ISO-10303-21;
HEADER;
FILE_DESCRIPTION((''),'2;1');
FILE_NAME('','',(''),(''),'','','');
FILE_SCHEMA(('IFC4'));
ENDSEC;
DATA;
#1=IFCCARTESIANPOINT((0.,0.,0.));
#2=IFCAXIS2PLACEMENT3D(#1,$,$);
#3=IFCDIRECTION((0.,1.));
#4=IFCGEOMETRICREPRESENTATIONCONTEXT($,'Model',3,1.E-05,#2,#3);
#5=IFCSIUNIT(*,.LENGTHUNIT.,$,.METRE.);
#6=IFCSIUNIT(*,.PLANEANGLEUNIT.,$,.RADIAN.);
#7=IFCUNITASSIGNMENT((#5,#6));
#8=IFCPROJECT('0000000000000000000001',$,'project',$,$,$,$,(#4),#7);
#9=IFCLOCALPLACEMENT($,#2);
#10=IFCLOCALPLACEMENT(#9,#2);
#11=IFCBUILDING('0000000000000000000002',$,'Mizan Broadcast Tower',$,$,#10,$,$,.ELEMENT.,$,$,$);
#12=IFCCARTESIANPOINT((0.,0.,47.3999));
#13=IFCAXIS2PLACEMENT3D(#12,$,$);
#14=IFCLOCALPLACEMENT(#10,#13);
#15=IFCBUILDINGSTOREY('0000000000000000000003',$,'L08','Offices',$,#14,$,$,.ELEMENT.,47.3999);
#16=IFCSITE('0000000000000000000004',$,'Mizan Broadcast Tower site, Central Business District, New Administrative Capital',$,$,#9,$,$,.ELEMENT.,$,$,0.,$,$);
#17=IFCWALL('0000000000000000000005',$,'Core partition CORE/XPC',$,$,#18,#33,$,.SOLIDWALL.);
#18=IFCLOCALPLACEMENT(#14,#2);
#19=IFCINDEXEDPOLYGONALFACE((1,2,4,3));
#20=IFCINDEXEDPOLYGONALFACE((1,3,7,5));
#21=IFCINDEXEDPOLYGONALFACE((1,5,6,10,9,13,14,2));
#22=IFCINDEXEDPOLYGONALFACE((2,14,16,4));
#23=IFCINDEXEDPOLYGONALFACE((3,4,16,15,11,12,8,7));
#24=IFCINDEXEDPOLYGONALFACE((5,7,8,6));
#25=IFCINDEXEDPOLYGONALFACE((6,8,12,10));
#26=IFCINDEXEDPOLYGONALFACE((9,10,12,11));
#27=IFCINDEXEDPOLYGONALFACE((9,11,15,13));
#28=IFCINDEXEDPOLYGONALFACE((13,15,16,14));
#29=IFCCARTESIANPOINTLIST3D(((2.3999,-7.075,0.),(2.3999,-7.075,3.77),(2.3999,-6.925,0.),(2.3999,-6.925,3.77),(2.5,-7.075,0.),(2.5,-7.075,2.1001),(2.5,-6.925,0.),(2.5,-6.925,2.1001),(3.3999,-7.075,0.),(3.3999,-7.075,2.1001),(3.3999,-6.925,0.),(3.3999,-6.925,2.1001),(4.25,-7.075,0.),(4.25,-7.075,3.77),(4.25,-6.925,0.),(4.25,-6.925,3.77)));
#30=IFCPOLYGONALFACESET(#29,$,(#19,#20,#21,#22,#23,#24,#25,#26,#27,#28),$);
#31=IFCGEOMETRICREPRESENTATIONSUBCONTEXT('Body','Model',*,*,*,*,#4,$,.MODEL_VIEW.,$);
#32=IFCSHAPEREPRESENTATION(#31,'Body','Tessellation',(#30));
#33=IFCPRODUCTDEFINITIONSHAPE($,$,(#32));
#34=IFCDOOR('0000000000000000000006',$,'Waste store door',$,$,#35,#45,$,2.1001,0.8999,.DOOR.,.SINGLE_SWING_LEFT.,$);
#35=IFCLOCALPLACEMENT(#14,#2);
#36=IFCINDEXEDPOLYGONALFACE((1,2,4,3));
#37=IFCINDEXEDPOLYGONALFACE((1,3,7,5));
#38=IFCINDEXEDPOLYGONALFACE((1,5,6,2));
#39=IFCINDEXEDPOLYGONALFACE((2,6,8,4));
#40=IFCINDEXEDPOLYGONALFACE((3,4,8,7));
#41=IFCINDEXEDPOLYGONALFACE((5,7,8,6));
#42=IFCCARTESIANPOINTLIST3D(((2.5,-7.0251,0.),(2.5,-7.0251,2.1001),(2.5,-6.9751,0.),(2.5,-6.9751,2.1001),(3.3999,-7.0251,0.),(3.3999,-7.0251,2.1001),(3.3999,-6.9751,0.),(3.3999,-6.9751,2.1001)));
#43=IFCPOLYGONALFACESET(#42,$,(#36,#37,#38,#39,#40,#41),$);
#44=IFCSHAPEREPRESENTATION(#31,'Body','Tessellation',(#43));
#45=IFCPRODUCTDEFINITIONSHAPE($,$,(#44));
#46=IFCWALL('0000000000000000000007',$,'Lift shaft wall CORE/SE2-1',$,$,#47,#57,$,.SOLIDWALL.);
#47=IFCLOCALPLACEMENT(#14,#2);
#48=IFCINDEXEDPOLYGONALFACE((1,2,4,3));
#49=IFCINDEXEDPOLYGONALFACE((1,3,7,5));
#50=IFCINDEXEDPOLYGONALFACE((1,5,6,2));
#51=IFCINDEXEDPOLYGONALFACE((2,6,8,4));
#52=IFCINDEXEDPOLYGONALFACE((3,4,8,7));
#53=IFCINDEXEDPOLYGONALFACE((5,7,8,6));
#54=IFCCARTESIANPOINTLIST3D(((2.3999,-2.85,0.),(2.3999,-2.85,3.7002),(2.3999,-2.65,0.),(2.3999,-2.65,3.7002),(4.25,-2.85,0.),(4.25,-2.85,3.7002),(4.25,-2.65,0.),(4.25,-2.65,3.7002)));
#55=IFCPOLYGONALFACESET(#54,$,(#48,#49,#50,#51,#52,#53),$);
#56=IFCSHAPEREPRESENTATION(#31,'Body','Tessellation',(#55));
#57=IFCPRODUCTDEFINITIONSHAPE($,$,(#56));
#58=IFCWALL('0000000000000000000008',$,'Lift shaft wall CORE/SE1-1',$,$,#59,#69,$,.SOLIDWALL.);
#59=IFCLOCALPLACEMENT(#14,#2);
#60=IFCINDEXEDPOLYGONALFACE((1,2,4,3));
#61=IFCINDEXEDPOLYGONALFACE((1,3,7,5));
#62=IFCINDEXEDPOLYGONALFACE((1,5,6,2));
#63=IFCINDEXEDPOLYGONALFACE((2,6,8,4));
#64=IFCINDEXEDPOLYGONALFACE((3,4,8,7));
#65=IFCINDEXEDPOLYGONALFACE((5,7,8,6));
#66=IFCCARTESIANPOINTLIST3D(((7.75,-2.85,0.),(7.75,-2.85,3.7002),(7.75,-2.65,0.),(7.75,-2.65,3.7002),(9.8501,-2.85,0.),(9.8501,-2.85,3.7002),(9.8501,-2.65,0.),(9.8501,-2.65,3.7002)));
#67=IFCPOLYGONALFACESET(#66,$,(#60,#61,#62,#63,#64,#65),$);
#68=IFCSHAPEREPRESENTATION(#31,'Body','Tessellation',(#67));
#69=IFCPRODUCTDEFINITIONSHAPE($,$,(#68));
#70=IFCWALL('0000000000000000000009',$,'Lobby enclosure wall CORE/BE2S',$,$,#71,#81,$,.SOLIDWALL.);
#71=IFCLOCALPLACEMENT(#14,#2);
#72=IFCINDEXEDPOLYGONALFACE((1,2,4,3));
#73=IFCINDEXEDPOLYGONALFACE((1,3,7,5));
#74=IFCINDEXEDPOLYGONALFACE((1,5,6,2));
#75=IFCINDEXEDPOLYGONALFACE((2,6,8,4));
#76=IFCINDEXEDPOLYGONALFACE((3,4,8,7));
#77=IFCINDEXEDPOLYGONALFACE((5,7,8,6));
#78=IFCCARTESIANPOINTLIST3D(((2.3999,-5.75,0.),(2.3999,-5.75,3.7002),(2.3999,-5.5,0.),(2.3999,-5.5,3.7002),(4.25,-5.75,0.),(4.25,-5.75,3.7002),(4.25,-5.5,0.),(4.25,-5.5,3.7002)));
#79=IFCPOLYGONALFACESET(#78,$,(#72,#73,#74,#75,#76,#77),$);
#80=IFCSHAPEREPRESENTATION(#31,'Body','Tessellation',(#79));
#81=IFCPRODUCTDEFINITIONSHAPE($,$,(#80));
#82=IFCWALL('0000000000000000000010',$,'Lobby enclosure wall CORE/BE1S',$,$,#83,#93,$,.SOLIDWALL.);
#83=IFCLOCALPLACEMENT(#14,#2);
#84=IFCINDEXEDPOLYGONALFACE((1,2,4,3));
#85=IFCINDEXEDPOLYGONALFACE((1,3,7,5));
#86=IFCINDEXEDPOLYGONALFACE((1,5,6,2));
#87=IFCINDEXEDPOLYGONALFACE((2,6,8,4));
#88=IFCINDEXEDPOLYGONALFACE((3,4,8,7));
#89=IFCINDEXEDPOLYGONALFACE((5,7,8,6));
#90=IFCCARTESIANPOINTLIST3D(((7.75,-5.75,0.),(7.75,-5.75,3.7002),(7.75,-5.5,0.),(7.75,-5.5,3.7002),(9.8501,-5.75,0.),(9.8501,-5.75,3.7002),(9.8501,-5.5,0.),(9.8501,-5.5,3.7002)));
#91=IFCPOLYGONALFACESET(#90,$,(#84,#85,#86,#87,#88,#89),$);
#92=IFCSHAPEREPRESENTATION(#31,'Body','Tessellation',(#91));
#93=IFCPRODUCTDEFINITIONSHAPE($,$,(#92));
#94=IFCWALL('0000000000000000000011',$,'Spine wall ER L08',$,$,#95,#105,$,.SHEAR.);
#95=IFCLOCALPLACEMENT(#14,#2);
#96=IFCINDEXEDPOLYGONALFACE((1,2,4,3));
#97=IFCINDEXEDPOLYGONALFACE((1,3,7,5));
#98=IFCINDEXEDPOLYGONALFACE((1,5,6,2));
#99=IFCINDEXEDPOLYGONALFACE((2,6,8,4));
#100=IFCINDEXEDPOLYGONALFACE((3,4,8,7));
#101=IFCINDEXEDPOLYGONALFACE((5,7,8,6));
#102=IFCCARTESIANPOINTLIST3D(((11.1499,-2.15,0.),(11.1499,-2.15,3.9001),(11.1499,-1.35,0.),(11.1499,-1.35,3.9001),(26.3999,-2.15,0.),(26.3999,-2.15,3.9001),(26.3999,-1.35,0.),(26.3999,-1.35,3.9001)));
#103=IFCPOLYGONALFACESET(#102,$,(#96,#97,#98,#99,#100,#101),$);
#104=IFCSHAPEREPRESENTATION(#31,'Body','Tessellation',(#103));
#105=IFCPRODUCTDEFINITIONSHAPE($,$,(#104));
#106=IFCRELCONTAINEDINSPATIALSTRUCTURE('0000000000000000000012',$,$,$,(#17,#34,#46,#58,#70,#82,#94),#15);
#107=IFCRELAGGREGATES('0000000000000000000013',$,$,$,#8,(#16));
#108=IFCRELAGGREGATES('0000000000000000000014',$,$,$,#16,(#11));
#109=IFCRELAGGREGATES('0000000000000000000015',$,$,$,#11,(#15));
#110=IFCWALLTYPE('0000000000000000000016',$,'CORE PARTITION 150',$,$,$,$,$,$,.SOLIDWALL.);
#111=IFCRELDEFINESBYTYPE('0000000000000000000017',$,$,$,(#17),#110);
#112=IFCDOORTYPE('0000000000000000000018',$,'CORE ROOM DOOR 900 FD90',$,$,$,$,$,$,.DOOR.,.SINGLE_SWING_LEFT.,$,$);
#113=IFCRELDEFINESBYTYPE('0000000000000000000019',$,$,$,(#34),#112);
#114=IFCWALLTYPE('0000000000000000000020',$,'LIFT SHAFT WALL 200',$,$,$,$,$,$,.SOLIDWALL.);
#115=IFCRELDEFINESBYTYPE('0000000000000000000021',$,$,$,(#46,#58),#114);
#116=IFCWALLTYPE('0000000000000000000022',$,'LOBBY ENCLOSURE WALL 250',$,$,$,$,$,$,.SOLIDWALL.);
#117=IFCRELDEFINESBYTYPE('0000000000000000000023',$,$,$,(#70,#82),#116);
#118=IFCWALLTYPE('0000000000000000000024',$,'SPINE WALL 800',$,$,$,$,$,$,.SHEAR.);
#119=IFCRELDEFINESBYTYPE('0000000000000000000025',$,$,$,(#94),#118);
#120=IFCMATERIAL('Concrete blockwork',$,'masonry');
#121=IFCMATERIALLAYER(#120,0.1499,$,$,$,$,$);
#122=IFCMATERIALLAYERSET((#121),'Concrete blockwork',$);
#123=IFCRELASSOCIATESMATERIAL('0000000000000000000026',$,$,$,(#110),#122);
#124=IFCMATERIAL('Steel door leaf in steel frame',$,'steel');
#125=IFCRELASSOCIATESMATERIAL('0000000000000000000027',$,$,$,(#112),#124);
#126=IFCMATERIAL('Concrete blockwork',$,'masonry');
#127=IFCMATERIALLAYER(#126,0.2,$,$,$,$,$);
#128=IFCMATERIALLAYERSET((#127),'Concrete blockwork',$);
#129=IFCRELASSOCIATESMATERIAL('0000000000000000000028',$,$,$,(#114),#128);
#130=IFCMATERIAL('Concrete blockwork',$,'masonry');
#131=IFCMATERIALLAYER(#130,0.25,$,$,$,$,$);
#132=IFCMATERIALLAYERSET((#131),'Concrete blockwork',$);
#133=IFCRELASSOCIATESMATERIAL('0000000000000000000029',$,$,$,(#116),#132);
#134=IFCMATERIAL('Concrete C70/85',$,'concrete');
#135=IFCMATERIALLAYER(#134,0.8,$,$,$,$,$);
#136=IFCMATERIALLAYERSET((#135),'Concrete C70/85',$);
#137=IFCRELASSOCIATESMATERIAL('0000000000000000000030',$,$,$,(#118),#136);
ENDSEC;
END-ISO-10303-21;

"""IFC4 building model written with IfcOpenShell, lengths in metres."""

from ifc_helpers import new_model, si_unit, direction, frame, frame_2d, origin, place, context, subcontext, project, spatial, rectangle, extrude, material, layer, layer_set, type_object, element, fill, save


model = new_model("IFC4")

# Units and contexts
model_context = context("Model", 3, precision=1e-05, world=origin(), true_north=direction((0.0, 1.0)))
body_context = subcontext(model_context, "Body", "Model", "MODEL_VIEW")
ifc_project = project(units=[si_unit("LENGTHUNIT", "METRE"), si_unit("PLANEANGLEUNIT", "RADIAN")], contexts=[model_context])

# Site, building, storey
site_placement = place(None, origin())
site = spatial("IfcSite", under=ifc_project, at=site_placement, Name="Mizan Broadcast Tower site, Central Business District, New Administrative Capital", CompositionType="ELEMENT", RefElevation=0.0)
building_placement = place(site_placement, origin())
building = spatial("IfcBuilding", under=site, at=building_placement, Name="Mizan Broadcast Tower", CompositionType="ELEMENT")
storey_placement = place(building_placement, frame((0.0, 0.0, 47.3999)))
storey = spatial("IfcBuildingStorey", under=building, at=storey_placement, Name="L08", Description="Offices", CompositionType="ELEMENT", Elevation=47.3999)

# Wall, opening, door
ifc_material_1 = material(Name="Concrete blockwork", Category="masonry")
ifc_layer_1 = layer(ifc_material_1, 0.1499)
ifc_layer_set_1 = layer_set([ifc_layer_1], Name="Concrete blockwork")
wall_type_1 = type_object("IfcWallType", Name="CORE PARTITION 150", PredefinedType="SOLIDWALL", material=ifc_layer_set_1)
wall_1_placement = place(storey_placement, frame((2.3999, -7.0, 0.0), z_axis=(0.0, 0.0, 1.0), x_axis=(1.0, 0.0, 0.0)))
wall_1 = element("IfcWall", 1, at=wall_1_placement, inside=storey, type_object=wall_type_1, Name="Core partition CORE/XPC", PredefinedType="SOLIDWALL", context=body_context, shape_type="SweptSolid", body=[
    extrude(rectangle(XDim=1.8501, YDim=0.1499, at=frame_2d((0.925, 0.0))), origin(), (0.0, 0.0, 1.0), 3.77),
])
opening_placement = place(wall_1_placement, frame((0.1001, 0.0, 0.0)))
opening = element("IfcOpeningElement", 2, at=opening_placement, cuts=wall_1, PredefinedType="OPENING", context=body_context, shape_type="SweptSolid", body=[
    extrude(rectangle(XDim=0.8999, YDim=2.1001, at=frame_2d((0.45, 1.05))), frame((0.0, 0.085, 0.0), z_axis=(0.0, -1.0, 0.0), x_axis=(1.0, 0.0, 0.0)), (0.0, 0.0, 1.0), 0.1699),
])
ifc_material_2 = material(Name="Steel door leaf in steel frame", Category="steel")
door_type = type_object("IfcDoorType", Name="CORE ROOM DOOR 900 FD90", OperationType="SINGLE_SWING_LEFT", PredefinedType="DOOR", material=ifc_material_2)
door_placement = place(opening_placement, origin())
door = element("IfcDoor", 3, at=door_placement, inside=storey, type_object=door_type, Name="Waste store door", OperationType="SINGLE_SWING_LEFT", OverallHeight=2.1001, OverallWidth=0.8999, PredefinedType="DOOR", context=body_context, shape_type="SweptSolid", body=[
    extrude(rectangle(XDim=0.8999, YDim=2.1001, at=frame_2d((0.45, 1.05))), frame((0.0, 0.0249, 0.0), z_axis=(0.0, -1.0, 0.0), x_axis=(1.0, 0.0, 0.0)), (0.0, 0.0, 1.0), 0.05),
])
fill(opening, door)

# Walls
ifc_material_3 = material(Name="Concrete blockwork", Category="masonry")
ifc_layer_2 = layer(ifc_material_3, 0.2)
ifc_layer_set_2 = layer_set([ifc_layer_2], Name="Concrete blockwork")
wall_type_2 = type_object("IfcWallType", Name="LIFT SHAFT WALL 200", PredefinedType="SOLIDWALL", material=ifc_layer_set_2)
wall_2_placement = place(storey_placement, frame((2.3999, -2.75, 0.0), z_axis=(0.0, 0.0, 1.0), x_axis=(1.0, 0.0, 0.0)))
element("IfcWall", 4, at=wall_2_placement, inside=storey, type_object=wall_type_2, Name="Lift shaft wall CORE/SE2-1", PredefinedType="SOLIDWALL", context=body_context, shape_type="SweptSolid", body=[
    extrude(rectangle(XDim=1.8501, YDim=0.2, at=frame_2d((0.925, 0.0))), origin(), (0.0, 0.0, 1.0), 3.7002),
])
wall_3_placement = place(storey_placement, frame((7.75, -2.75, 0.0), z_axis=(0.0, 0.0, 1.0), x_axis=(1.0, 0.0, 0.0)))
element("IfcWall", 5, at=wall_3_placement, inside=storey, type_object=wall_type_2, Name="Lift shaft wall CORE/SE1-1", PredefinedType="SOLIDWALL", context=body_context, shape_type="SweptSolid", body=[
    extrude(rectangle(XDim=2.1001, YDim=0.2, at=frame_2d((1.05, 0.0))), origin(), (0.0, 0.0, 1.0), 3.7002),
])
ifc_material_4 = material(Name="Concrete blockwork", Category="masonry")
ifc_layer_3 = layer(ifc_material_4, 0.25)
ifc_layer_set_3 = layer_set([ifc_layer_3], Name="Concrete blockwork")
wall_type_3 = type_object("IfcWallType", Name="LOBBY ENCLOSURE WALL 250", PredefinedType="SOLIDWALL", material=ifc_layer_set_3)
wall_4_placement = place(storey_placement, frame((2.3999, -5.625, 0.0), z_axis=(0.0, 0.0, 1.0), x_axis=(1.0, 0.0, 0.0)))
element("IfcWall", 6, at=wall_4_placement, inside=storey, type_object=wall_type_3, Name="Lobby enclosure wall CORE/BE2S", PredefinedType="SOLIDWALL", context=body_context, shape_type="SweptSolid", body=[
    extrude(rectangle(XDim=1.8501, YDim=0.25, at=frame_2d((0.925, 0.0))), origin(), (0.0, 0.0, 1.0), 3.7002),
])
wall_5_placement = place(storey_placement, frame((7.75, -5.625, 0.0), z_axis=(0.0, 0.0, 1.0), x_axis=(1.0, 0.0, 0.0)))
element("IfcWall", 7, at=wall_5_placement, inside=storey, type_object=wall_type_3, Name="Lobby enclosure wall CORE/BE1S", PredefinedType="SOLIDWALL", context=body_context, shape_type="SweptSolid", body=[
    extrude(rectangle(XDim=2.1001, YDim=0.25, at=frame_2d((1.05, 0.0))), origin(), (0.0, 0.0, 1.0), 3.7002),
])
ifc_material_5 = material(Name="Concrete C70/85", Category="concrete")
ifc_layer_4 = layer(ifc_material_5, 0.8)
ifc_layer_set_4 = layer_set([ifc_layer_4], Name="Concrete C70/85")
wall_type_4 = type_object("IfcWallType", Name="SPINE WALL 800", PredefinedType="SHEAR", material=ifc_layer_set_4)
wall_6_placement = place(storey_placement, frame((11.1499, -1.75, 0.0), z_axis=(0.0, 0.0, 1.0), x_axis=(1.0, 0.0, 0.0)))
element("IfcWall", 8, at=wall_6_placement, inside=storey, type_object=wall_type_4, Name="Spine wall ER L08", PredefinedType="SHEAR", context=body_context, shape_type="SweptSolid", body=[
    extrude(rectangle(XDim=15.25, YDim=0.8, at=frame_2d((7.625, 0.0))), origin(), (0.0, 0.0, 1.0), 3.9001),
])

save(model, "model.ifc")
